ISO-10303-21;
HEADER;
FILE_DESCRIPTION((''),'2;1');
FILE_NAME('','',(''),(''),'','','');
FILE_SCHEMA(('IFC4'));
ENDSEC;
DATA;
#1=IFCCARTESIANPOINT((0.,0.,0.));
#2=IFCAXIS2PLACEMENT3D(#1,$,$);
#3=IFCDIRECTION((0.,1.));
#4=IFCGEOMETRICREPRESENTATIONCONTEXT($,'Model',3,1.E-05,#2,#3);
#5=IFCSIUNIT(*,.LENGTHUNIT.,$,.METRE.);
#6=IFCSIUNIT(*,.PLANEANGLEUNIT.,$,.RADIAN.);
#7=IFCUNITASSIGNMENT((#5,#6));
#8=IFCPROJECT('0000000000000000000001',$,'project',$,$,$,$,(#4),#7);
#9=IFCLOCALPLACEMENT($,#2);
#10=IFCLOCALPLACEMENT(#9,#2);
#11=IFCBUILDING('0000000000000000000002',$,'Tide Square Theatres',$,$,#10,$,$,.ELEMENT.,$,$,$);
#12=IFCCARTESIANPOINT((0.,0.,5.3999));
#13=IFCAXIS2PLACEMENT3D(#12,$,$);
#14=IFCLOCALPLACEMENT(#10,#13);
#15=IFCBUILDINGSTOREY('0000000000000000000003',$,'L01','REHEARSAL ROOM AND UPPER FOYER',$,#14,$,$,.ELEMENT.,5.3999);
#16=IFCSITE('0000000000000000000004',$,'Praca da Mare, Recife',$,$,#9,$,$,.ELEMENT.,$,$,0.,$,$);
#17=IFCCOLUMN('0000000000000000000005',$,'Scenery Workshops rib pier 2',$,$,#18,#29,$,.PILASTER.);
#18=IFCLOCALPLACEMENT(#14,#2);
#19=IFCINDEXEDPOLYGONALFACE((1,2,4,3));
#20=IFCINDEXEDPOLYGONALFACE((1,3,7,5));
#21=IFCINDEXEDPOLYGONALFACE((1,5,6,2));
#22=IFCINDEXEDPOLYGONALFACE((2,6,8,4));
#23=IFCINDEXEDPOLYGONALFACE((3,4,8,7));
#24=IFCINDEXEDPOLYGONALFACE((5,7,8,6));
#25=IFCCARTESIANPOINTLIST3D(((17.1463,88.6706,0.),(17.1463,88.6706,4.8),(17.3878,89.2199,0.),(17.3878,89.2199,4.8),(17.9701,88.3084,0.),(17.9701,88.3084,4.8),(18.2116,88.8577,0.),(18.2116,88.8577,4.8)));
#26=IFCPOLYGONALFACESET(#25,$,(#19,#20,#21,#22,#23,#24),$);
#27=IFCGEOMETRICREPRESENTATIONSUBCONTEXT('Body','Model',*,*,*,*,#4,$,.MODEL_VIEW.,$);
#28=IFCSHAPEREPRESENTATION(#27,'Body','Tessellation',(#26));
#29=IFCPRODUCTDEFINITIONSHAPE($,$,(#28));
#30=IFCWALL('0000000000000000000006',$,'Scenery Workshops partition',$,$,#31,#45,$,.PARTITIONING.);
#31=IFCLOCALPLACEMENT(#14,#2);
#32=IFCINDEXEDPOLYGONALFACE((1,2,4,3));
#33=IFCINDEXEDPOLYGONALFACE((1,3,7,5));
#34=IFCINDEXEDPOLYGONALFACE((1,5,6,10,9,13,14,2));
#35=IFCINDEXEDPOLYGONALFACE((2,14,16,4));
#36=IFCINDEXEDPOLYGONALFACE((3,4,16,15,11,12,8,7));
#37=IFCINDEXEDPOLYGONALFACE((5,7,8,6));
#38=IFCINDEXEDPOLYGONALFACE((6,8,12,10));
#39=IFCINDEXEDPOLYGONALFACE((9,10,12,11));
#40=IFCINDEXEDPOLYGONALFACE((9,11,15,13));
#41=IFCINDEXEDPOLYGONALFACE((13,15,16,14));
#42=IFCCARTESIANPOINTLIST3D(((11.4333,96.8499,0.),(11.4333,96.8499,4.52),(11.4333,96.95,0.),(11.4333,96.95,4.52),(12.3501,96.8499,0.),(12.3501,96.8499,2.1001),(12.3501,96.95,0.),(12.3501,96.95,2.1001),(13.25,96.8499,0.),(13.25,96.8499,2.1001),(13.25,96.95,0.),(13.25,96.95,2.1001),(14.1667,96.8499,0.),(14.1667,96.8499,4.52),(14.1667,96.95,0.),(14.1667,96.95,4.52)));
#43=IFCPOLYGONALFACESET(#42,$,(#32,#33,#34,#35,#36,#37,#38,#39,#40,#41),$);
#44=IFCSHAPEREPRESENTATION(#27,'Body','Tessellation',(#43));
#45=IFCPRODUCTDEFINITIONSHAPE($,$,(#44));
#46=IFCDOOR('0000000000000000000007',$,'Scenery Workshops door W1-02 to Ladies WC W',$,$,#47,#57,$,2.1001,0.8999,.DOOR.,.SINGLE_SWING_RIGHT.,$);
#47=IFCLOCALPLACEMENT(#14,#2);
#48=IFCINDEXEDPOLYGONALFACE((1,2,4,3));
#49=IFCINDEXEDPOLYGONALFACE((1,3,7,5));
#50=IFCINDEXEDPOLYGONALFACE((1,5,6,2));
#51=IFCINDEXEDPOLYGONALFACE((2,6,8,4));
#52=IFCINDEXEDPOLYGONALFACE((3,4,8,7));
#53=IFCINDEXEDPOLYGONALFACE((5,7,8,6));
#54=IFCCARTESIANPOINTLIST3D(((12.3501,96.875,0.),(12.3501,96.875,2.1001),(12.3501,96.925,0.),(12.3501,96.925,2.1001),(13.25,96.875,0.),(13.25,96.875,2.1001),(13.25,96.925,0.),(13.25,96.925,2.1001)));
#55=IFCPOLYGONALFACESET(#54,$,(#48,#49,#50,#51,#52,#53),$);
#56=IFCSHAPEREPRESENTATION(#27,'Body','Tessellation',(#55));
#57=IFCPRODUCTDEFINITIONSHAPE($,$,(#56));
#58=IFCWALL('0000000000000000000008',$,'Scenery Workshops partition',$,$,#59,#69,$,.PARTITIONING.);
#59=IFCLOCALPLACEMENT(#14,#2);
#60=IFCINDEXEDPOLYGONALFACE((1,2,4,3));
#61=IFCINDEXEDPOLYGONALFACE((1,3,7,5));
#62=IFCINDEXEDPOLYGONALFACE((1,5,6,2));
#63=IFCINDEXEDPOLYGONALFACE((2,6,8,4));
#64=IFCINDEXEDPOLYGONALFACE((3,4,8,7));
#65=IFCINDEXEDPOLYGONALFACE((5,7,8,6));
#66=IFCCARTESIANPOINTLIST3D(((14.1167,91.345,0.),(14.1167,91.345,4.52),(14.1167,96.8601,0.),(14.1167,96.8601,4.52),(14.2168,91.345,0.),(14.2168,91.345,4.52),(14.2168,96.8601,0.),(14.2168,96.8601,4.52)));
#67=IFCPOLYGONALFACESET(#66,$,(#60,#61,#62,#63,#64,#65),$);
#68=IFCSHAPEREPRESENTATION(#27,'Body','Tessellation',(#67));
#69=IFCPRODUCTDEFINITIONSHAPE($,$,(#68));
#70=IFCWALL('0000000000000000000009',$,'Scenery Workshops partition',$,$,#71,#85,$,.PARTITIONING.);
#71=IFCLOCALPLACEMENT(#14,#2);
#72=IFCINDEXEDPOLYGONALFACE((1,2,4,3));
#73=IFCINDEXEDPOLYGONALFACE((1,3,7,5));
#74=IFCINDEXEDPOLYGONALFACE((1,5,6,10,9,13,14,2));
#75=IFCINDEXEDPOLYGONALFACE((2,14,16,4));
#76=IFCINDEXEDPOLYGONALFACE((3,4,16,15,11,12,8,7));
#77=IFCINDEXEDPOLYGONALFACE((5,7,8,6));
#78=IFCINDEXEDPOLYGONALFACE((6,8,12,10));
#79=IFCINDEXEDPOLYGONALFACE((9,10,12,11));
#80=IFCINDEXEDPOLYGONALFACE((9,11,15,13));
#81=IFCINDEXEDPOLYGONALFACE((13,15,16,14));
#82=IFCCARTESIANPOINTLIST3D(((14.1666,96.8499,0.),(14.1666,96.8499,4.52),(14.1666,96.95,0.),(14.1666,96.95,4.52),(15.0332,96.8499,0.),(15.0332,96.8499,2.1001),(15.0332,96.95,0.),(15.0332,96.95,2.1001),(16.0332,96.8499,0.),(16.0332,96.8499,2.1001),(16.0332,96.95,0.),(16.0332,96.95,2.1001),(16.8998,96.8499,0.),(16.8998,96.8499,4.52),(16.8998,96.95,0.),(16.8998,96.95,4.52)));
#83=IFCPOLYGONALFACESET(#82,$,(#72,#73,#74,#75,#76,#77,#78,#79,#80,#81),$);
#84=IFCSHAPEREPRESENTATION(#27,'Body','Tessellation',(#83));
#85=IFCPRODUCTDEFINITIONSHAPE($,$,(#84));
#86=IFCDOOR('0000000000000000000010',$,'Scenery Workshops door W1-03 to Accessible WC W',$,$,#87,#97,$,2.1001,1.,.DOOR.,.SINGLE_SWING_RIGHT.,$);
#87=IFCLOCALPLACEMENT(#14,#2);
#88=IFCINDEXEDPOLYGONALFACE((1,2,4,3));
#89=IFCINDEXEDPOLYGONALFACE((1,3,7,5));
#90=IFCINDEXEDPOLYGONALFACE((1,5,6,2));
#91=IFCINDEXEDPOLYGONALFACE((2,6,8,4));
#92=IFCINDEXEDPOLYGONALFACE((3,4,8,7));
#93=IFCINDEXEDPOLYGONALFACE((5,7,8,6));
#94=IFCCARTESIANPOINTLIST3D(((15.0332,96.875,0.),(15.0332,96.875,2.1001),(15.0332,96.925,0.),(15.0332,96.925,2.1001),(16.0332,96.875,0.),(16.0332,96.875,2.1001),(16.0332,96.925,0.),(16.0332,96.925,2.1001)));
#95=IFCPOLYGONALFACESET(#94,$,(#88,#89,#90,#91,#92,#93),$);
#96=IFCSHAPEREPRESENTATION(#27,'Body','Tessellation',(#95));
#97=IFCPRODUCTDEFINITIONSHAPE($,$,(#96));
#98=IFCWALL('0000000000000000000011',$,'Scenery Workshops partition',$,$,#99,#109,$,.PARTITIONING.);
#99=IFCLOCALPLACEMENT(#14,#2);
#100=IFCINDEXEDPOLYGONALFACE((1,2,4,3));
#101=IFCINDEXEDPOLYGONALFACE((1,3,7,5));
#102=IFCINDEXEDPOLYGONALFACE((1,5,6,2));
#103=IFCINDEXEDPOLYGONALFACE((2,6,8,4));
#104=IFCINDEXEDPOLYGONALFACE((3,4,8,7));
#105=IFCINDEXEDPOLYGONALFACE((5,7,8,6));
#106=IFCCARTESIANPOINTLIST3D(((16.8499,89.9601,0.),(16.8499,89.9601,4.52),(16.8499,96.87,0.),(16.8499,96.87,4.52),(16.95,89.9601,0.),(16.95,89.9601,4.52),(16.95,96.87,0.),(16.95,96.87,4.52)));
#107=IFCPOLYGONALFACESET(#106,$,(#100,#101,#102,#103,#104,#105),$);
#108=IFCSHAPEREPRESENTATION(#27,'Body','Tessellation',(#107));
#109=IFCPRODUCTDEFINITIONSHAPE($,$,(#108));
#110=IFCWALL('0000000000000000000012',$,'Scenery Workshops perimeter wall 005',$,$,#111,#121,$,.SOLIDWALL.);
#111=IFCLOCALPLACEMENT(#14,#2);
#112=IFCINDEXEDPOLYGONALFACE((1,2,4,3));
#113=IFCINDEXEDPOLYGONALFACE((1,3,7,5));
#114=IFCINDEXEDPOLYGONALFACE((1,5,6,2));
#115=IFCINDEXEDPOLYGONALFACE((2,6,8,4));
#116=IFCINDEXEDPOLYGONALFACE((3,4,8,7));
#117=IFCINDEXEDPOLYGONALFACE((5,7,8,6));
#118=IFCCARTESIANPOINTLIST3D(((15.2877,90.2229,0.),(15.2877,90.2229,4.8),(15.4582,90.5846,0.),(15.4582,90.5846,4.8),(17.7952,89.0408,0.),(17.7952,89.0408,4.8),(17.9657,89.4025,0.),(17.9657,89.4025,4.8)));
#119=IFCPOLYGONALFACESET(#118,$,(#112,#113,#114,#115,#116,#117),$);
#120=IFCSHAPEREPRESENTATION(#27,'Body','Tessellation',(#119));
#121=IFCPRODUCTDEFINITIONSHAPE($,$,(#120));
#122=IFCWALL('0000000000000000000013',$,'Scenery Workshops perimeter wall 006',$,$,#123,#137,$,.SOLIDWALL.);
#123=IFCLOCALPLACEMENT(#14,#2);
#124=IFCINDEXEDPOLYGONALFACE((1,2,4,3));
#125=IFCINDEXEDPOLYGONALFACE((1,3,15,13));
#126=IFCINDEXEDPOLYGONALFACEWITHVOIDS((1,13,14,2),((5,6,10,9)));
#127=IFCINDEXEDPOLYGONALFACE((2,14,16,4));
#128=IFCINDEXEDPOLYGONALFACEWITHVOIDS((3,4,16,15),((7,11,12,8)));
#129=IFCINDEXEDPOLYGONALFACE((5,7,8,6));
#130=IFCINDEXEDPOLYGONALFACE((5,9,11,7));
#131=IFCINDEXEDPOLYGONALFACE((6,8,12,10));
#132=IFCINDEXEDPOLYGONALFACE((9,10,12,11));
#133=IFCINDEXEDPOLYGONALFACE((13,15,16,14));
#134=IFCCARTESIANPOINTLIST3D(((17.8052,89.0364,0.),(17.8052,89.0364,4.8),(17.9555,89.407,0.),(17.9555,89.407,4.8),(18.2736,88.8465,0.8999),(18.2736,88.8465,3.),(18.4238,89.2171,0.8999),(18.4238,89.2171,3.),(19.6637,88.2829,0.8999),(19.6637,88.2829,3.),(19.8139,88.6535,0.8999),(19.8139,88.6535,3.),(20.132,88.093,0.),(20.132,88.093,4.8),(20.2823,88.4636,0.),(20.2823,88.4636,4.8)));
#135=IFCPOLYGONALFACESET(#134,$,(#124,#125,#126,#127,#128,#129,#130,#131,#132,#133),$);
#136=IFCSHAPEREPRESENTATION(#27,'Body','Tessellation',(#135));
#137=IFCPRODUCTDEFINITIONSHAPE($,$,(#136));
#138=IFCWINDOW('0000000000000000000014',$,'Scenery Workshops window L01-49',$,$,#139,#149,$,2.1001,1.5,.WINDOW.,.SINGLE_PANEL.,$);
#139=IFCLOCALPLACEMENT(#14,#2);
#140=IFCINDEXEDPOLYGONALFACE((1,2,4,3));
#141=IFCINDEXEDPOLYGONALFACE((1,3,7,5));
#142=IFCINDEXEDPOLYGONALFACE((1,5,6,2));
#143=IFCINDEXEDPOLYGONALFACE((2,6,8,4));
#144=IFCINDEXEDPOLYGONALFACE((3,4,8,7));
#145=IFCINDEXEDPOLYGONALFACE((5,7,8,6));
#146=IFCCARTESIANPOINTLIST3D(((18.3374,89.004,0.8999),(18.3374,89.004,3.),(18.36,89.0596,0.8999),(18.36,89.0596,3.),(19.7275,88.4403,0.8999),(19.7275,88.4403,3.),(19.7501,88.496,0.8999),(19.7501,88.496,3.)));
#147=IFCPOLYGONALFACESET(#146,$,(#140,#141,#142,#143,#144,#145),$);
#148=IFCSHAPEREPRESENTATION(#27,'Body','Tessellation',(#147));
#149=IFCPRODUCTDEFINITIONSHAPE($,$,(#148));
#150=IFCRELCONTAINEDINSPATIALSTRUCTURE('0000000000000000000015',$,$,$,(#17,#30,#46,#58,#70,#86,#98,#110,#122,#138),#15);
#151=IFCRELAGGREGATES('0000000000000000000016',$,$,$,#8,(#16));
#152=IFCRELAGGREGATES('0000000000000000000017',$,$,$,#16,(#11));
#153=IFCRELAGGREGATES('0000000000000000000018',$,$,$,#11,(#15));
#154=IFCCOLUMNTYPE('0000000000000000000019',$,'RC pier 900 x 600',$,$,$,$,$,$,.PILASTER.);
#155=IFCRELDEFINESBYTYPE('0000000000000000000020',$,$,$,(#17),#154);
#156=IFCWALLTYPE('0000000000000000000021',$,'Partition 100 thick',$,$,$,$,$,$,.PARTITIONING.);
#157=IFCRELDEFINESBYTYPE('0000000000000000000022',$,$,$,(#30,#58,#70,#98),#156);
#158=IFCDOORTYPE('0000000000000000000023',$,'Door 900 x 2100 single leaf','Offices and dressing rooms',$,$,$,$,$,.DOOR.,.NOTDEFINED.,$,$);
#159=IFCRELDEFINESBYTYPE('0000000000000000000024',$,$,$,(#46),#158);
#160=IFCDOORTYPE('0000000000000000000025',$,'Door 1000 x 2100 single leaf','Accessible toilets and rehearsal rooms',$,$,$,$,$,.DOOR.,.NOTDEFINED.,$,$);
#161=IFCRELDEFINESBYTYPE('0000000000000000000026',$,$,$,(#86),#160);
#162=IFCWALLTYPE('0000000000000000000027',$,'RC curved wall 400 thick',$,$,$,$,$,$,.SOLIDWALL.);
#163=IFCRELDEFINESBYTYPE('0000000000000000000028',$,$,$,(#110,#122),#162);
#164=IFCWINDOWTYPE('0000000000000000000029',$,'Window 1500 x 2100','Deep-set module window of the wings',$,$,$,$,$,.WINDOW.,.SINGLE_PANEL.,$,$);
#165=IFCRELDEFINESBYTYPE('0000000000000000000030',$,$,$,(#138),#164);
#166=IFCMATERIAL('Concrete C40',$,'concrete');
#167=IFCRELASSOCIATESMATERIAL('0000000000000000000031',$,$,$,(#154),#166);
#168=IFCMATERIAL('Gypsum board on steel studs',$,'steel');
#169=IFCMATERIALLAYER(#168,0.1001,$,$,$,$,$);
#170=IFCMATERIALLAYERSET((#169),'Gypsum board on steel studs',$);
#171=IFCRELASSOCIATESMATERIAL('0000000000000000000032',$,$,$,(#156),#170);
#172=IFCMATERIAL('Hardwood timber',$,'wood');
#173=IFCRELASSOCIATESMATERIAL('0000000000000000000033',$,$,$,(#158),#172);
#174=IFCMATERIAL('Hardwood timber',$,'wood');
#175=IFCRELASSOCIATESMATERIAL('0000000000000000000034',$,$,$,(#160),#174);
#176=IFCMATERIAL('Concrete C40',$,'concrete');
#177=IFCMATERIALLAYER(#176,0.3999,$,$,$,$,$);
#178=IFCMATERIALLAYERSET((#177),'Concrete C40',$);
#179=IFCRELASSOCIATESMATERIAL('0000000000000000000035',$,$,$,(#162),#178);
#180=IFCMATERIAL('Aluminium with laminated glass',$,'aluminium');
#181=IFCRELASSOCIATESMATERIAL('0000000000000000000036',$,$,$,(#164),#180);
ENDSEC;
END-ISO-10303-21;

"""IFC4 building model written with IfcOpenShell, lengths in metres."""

from ifc_helpers import new_model, si_unit, direction, frame, frame_2d, origin, origin_2d, place, context, subcontext, project, spatial, rectangle, extrude, material, layer, layer_set, material_profile, profile_set, type_object, element, fill, save


model = new_model("IFC4")

# Units and contexts
model_context = context("Model", 3, precision=1e-05, world=origin(), true_north=direction((0.0, 1.0)))
body_context = subcontext(model_context, "Body", "Model", "MODEL_VIEW")
ifc_project = project(units=[si_unit("LENGTHUNIT", "METRE"), si_unit("PLANEANGLEUNIT", "RADIAN")], contexts=[model_context])

# Site, building, storey
site_placement = place(None, origin())
site = spatial("IfcSite", under=ifc_project, at=site_placement, Name="Praca da Mare, Recife", CompositionType="ELEMENT", RefElevation=0.0)
building_placement = place(site_placement, origin())
building = spatial("IfcBuilding", under=site, at=building_placement, Name="Tide Square Theatres", CompositionType="ELEMENT")
storey_placement = place(building_placement, frame((0.0, 0.0, 5.3999)))
storey = spatial("IfcBuildingStorey", under=building, at=storey_placement, Name="L01", Description="REHEARSAL ROOM AND UPPER FOYER", CompositionType="ELEMENT", Elevation=5.3999)

# Column
ifc_material_1 = material(Name="Concrete C40", Category="concrete")
ifc_material_profile = material_profile(ifc_material_1, rectangle(XDim=0.8999, YDim=0.6001, at=origin_2d()))
ifc_profile_set = profile_set([ifc_material_profile], Name="Concrete C40")
column_type = type_object("IfcColumnType", Name="RC pier 900 x 600", PredefinedType="PILASTER", material=ifc_profile_set)
column_placement = place(storey_placement, frame((17.679, 88.7642, 0.0), z_axis=(0.0, 0.0, 1.0), x_axis=(0.915419, -0.402502, 0.0)))
element("IfcColumn", 1, at=column_placement, inside=storey, type_object=column_type, Name="Scenery Workshops rib pier 2", PredefinedType="PILASTER", context=body_context, shape_type="SweptSolid", body=[
    extrude(rectangle(XDim=0.8999, YDim=0.6001, at=origin_2d()), origin(), (0.0, 0.0, 1.0), 4.8),
])

# Wall, opening, door
ifc_material_2 = material(Name="Gypsum board on steel studs", Category="steel")
ifc_layer_1 = layer(ifc_material_2, 0.1001)
ifc_layer_set_1 = layer_set([ifc_layer_1], Name="Gypsum board on steel studs")
wall_type_1 = type_object("IfcWallType", Name="Partition 100 thick", PredefinedType="PARTITIONING", material=ifc_layer_set_1)
wall_1_placement = place(storey_placement, frame((14.1667, 96.8999, 0.0), z_axis=(0.0, 0.0, 1.0), x_axis=(-1.0, 0.0, 0.0)))
wall_1 = element("IfcWall", 2, at=wall_1_placement, inside=storey, type_object=wall_type_1, Name="Scenery Workshops partition", PredefinedType="PARTITIONING", context=body_context, shape_type="SweptSolid", body=[
    extrude(rectangle(XDim=2.7334, YDim=0.1001, at=frame_2d((1.3667, 0.0))), origin(), (0.0, 0.0, 1.0), 4.52),
])
opening_1_placement = place(wall_1_placement, frame((0.9167, 0.0, 0.0)))
opening_1 = element("IfcOpeningElement", 3, at=opening_1_placement, cuts=wall_1, PredefinedType="OPENING", context=body_context, shape_type="SweptSolid", body=[
    extrude(rectangle(XDim=0.8999, YDim=2.1001, at=frame_2d((0.45, 1.05))), frame((0.0, 0.0601, 0.0), z_axis=(0.0, -1.0, 0.0), x_axis=(1.0, 0.0, 0.0)), (0.0, 0.0, 1.0), 0.1201),
])
ifc_material_3 = material(Name="Hardwood timber", Category="wood")
door_type_1 = type_object("IfcDoorType", Name="Door 900 x 2100 single leaf", Description="Offices and dressing rooms", OperationType="NOTDEFINED", PredefinedType="DOOR", material=ifc_material_3)
door_1_placement = place(opening_1_placement, origin())
door_1 = element("IfcDoor", 4, at=door_1_placement, inside=storey, type_object=door_type_1, Name="Scenery Workshops door W1-02 to Ladies WC W", OperationType="SINGLE_SWING_RIGHT", OverallHeight=2.1001, OverallWidth=0.8999, PredefinedType="DOOR", context=body_context, shape_type="SweptSolid", body=[
    extrude(rectangle(XDim=0.8999, YDim=2.1001, at=frame_2d((0.45, 1.05))), frame((0.0, 0.0249, 0.0), z_axis=(0.0, -1.0, 0.0), x_axis=(1.0, 0.0, 0.0)), (0.0, 0.0, 1.0), 0.05),
])
fill(opening_1, door_1)

# Wall
wall_2_placement = place(storey_placement, frame((14.1667, 96.8601, 0.0), z_axis=(0.0, 0.0, 1.0), x_axis=(0.0, -1.0, 0.0)))
element("IfcWall", 5, at=wall_2_placement, inside=storey, type_object=wall_type_1, Name="Scenery Workshops partition", PredefinedType="PARTITIONING", context=body_context, shape_type="SweptSolid", body=[
    extrude(rectangle(XDim=5.5151, YDim=0.1001, at=frame_2d((2.7576, 0.0))), origin(), (0.0, 0.0, 1.0), 4.52),
])

# Wall, opening, door
wall_3_placement = place(storey_placement, frame((16.8999, 96.8999, 0.0), z_axis=(0.0, 0.0, 1.0), x_axis=(-1.0, 0.0, 0.0)))
wall_3 = element("IfcWall", 6, at=wall_3_placement, inside=storey, type_object=wall_type_1, Name="Scenery Workshops partition", PredefinedType="PARTITIONING", context=body_context, shape_type="SweptSolid", body=[
    extrude(rectangle(XDim=2.7332, YDim=0.1001, at=frame_2d((1.3667, 0.0))), origin(), (0.0, 0.0, 1.0), 4.52),
])
opening_2_placement = place(wall_3_placement, frame((0.8667, 0.0, 0.0)))
opening_2 = element("IfcOpeningElement", 7, at=opening_2_placement, cuts=wall_3, PredefinedType="OPENING", context=body_context, shape_type="SweptSolid", body=[
    extrude(rectangle(XDim=1.0, YDim=2.1001, at=frame_2d((0.5, 1.05))), frame((0.0, 0.0601, 0.0), z_axis=(0.0, -1.0, 0.0), x_axis=(1.0, 0.0, 0.0)), (0.0, 0.0, 1.0), 0.1201),
])
ifc_material_4 = material(Name="Hardwood timber", Category="wood")
door_type_2 = type_object("IfcDoorType", Name="Door 1000 x 2100 single leaf", Description="Accessible toilets and rehearsal rooms", OperationType="NOTDEFINED", PredefinedType="DOOR", material=ifc_material_4)
door_2_placement = place(opening_2_placement, origin())
door_2 = element("IfcDoor", 8, at=door_2_placement, inside=storey, type_object=door_type_2, Name="Scenery Workshops door W1-03 to Accessible WC W", OperationType="SINGLE_SWING_RIGHT", OverallHeight=2.1001, OverallWidth=1.0, PredefinedType="DOOR", context=body_context, shape_type="SweptSolid", body=[
    extrude(rectangle(XDim=1.0, YDim=2.1001, at=frame_2d((0.5, 1.05))), frame((0.0, 0.0249, 0.0), z_axis=(0.0, -1.0, 0.0), x_axis=(1.0, 0.0, 0.0)), (0.0, 0.0, 1.0), 0.05),
])
fill(opening_2, door_2)

# Walls
wall_4_placement = place(storey_placement, frame((16.8999, 96.8701, 0.0), z_axis=(0.0, 0.0, 1.0), x_axis=(0.0, -1.0, 0.0)))
element("IfcWall", 9, at=wall_4_placement, inside=storey, type_object=wall_type_1, Name="Scenery Workshops partition", PredefinedType="PARTITIONING", context=body_context, shape_type="SweptSolid", body=[
    extrude(rectangle(XDim=6.9099, YDim=0.1001, at=frame_2d((3.4551, 0.0))), origin(), (0.0, 0.0, 1.0), 4.52),
])
ifc_material_5 = material(Name="Concrete C40", Category="concrete")
ifc_layer_2 = layer(ifc_material_5, 0.3999)
ifc_layer_set_2 = layer_set([ifc_layer_2], Name="Concrete C40")
wall_type_2 = type_object("IfcWallType", Name="RC curved wall 400 thick", PredefinedType="SOLIDWALL", material=ifc_layer_set_2)
wall_5_placement = place(storey_placement, frame((15.3728, 90.4038, 0.0), z_axis=(0.0, 0.0, 1.0), x_axis=(0.904527, -0.426416, 0.0)))
element("IfcWall", 10, at=wall_5_placement, inside=storey, type_object=wall_type_2, Name="Scenery Workshops perimeter wall 005", PredefinedType="SOLIDWALL", context=body_context, shape_type="SweptSolid", body=[
    extrude(rectangle(XDim=2.7722, YDim=0.3999, at=frame_2d((1.3862, 0.0))), origin(), (0.0, 0.0, 1.0), 4.8),
])

# Wall, opening, window
wall_6_placement = place(storey_placement, frame((17.8804, 89.2217, 0.0), z_axis=(0.0, 0.0, 1.0), x_axis=(0.926723, -0.375746, 0.0)))
wall_6 = element("IfcWall", 11, at=wall_6_placement, inside=storey, type_object=wall_type_2, Name="Scenery Workshops perimeter wall 006", PredefinedType="SOLIDWALL", context=body_context, shape_type="SweptSolid", body=[
    extrude(rectangle(XDim=2.5107, YDim=0.3999, at=frame_2d((1.2554, 0.0))), origin(), (0.0, 0.0, 1.0), 4.8),
])
opening_3_placement = place(wall_6_placement, frame((0.5054, 0.0, 0.8999)))
opening_3 = element("IfcOpeningElement", 12, at=opening_3_placement, cuts=wall_6, PredefinedType="OPENING", context=body_context, shape_type="SweptSolid", body=[
    extrude(rectangle(XDim=1.5, YDim=2.1001, at=frame_2d((0.75, 1.05))), frame((0.0, 0.21, 0.0), z_axis=(0.0, -1.0, 0.0), x_axis=(1.0, 0.0, 0.0)), (0.0, 0.0, 1.0), 0.4199),
])
ifc_material_6 = material(Name="Aluminium with laminated glass", Category="aluminium")
window_type = type_object("IfcWindowType", Name="Window 1500 x 2100", Description="Deep-set module window of the wings", PartitioningType="SINGLE_PANEL", PredefinedType="WINDOW", material=ifc_material_6)
window_1_placement = place(opening_3_placement, origin())
window_1 = element("IfcWindow", 13, at=window_1_placement, inside=storey, type_object=window_type, Name="Scenery Workshops window L01-49", OverallHeight=2.1001, OverallWidth=1.5, PartitioningType="SINGLE_PANEL", PredefinedType="WINDOW", context=body_context, shape_type="SweptSolid", body=[
    extrude(rectangle(XDim=1.5, YDim=2.1001, at=frame_2d((0.75, 1.05))), frame((0.0, 0.03, 0.0), z_axis=(0.0, -1.0, 0.0), x_axis=(1.0, 0.0, 0.0)), (0.0, 0.0, 1.0), 0.0601),
])
fill(opening_3, window_1)

save(model, "model.ifc")
